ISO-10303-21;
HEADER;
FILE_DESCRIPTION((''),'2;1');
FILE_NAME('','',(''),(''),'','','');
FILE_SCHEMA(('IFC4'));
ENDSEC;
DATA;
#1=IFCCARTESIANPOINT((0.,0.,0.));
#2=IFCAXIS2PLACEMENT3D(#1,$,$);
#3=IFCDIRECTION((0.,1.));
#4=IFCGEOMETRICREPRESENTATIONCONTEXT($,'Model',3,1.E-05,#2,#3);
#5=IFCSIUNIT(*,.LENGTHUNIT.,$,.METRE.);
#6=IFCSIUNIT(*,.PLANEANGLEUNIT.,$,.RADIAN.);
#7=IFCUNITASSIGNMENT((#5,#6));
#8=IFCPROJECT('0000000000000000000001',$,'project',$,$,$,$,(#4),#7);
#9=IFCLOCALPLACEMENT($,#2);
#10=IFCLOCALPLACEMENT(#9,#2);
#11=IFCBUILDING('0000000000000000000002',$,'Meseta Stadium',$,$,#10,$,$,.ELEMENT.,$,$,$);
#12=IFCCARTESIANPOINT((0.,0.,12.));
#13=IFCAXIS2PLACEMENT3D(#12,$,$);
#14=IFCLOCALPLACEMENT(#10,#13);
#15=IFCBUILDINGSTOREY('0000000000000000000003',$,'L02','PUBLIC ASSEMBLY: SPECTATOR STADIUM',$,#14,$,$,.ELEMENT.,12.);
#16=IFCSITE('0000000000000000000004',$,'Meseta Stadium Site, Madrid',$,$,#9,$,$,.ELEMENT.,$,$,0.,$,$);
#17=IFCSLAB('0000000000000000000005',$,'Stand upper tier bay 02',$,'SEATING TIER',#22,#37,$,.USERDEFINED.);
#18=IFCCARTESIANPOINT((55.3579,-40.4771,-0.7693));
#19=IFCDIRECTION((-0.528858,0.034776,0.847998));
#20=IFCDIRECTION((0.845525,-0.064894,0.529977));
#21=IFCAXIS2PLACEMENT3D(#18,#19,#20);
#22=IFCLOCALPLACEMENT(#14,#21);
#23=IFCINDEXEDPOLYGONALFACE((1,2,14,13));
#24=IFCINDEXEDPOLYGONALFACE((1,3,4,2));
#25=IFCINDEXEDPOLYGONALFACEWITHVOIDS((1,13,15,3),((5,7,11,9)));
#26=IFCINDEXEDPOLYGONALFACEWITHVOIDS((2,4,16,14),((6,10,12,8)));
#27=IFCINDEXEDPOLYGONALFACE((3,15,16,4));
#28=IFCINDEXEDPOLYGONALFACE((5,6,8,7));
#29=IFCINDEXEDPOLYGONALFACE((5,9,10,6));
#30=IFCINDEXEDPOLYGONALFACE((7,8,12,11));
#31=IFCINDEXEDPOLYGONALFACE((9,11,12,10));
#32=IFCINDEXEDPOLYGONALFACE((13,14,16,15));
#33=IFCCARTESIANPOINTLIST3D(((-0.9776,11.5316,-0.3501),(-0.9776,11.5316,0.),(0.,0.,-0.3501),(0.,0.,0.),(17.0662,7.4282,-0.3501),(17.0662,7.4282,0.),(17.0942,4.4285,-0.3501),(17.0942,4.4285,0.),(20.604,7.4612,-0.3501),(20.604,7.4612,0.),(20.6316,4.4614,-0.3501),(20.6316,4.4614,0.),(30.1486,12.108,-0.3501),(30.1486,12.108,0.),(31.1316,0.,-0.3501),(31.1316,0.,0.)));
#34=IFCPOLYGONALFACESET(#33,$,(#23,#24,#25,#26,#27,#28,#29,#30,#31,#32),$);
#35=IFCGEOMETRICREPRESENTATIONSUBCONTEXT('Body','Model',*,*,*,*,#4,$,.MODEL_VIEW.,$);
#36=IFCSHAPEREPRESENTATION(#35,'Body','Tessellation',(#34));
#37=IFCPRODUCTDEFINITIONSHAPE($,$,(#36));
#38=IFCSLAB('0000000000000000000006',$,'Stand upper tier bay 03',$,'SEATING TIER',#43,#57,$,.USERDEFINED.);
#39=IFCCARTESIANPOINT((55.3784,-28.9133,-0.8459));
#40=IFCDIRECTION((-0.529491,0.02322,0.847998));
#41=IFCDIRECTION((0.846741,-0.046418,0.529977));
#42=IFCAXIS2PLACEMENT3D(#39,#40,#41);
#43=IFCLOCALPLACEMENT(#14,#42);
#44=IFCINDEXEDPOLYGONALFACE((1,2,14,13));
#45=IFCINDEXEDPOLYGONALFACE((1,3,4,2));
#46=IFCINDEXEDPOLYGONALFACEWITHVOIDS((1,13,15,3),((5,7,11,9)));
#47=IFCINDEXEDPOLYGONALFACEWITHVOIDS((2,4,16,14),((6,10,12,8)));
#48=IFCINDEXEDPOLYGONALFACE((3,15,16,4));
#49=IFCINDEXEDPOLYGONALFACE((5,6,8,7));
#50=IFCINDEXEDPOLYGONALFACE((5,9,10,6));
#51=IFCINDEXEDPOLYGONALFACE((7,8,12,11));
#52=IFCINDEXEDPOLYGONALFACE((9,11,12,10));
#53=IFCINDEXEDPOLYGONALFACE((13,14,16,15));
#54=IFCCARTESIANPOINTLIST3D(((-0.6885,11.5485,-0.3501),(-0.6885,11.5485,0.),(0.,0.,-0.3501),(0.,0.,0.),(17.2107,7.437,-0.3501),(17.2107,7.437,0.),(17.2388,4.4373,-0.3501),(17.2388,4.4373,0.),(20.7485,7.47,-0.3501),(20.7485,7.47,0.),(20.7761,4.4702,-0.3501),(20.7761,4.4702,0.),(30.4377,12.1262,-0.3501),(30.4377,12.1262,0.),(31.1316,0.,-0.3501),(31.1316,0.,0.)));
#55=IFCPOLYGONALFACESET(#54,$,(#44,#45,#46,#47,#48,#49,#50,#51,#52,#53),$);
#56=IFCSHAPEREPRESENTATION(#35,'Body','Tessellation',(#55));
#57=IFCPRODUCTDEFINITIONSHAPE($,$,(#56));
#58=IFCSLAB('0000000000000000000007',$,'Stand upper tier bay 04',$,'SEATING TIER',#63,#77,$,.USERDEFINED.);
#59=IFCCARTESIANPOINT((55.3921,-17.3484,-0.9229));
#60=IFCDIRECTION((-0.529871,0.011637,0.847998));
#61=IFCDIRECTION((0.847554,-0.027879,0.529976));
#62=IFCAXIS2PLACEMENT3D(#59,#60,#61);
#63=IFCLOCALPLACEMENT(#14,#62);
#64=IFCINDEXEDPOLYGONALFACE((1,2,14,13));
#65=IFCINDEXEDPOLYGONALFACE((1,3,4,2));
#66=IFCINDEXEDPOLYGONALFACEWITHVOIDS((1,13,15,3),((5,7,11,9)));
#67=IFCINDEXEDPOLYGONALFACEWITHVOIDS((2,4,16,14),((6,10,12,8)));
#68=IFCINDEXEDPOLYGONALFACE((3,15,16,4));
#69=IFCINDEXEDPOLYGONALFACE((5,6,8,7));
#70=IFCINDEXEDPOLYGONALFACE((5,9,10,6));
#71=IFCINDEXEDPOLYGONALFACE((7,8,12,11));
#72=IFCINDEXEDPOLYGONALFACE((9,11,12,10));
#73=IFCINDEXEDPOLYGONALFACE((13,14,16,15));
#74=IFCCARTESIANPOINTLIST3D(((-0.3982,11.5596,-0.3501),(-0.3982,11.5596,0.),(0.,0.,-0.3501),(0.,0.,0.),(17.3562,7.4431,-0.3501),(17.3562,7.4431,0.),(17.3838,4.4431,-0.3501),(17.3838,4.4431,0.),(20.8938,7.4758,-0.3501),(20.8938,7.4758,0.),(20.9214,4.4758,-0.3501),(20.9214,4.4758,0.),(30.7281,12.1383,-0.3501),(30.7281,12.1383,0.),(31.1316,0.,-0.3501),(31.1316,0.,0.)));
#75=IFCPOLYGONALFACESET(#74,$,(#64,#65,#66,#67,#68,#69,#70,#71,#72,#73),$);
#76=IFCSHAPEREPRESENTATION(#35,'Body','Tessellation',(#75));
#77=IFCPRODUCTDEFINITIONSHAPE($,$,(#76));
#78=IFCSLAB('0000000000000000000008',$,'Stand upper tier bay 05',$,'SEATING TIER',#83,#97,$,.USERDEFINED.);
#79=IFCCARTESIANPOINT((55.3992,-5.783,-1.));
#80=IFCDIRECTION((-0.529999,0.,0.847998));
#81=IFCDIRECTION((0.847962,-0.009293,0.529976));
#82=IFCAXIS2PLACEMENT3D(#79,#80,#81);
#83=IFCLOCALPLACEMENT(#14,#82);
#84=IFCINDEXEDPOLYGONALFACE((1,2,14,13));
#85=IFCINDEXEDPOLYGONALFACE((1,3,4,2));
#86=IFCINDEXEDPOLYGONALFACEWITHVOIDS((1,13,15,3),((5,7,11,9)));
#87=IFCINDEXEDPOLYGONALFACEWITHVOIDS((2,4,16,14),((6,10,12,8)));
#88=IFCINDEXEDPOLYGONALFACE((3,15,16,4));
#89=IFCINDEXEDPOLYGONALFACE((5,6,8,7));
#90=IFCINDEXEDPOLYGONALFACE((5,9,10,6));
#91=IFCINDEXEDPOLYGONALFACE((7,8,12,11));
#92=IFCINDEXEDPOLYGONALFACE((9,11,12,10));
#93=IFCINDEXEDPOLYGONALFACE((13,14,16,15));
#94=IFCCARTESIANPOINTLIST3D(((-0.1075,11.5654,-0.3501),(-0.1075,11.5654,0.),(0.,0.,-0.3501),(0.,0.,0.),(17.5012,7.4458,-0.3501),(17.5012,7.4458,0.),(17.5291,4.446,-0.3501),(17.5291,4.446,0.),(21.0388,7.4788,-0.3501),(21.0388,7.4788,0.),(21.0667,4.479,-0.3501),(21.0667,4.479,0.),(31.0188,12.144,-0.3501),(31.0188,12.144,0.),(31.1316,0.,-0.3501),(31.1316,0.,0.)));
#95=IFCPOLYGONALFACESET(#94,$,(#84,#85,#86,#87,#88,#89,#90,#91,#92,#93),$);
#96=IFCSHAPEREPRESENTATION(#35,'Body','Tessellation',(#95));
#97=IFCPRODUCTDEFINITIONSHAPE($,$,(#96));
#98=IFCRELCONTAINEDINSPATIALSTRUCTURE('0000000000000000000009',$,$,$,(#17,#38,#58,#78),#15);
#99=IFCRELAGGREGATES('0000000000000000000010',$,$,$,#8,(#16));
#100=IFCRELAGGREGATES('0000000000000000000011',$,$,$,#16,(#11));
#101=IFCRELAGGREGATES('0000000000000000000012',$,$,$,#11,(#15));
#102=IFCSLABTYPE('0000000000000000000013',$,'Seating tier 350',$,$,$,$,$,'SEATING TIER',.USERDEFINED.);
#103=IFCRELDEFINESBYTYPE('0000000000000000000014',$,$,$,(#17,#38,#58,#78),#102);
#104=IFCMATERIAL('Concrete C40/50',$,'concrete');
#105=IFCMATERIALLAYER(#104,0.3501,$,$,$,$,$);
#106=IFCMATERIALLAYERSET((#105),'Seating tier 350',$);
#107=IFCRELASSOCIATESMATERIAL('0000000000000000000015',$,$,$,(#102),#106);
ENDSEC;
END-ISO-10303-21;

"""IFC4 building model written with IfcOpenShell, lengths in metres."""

from ifc_helpers import new_model, si_unit, direction, frame, origin, place, context, subcontext, project, spatial, polyline, outline, extrude, material, layer, layer_set, type_object, element, save


model = new_model("IFC4")

# Units and contexts
model_context = context("Model", 3, precision=1e-05, world=origin(), true_north=direction((0.0, 1.0)))
body_context = subcontext(model_context, "Body", "Model", "MODEL_VIEW")
ifc_project = project(units=[si_unit("LENGTHUNIT", "METRE"), si_unit("PLANEANGLEUNIT", "RADIAN")], contexts=[model_context])

# Site, building, storey
site_placement = place(None, origin())
site = spatial("IfcSite", under=ifc_project, at=site_placement, Name="Meseta Stadium Site, Madrid", CompositionType="ELEMENT", RefElevation=0.0)
building_placement = place(site_placement, origin())
building = spatial("IfcBuilding", under=site, at=building_placement, Name="Meseta Stadium", CompositionType="ELEMENT")
storey_placement = place(building_placement, frame((0.0, 0.0, 12.0)))
storey = spatial("IfcBuildingStorey", under=building, at=storey_placement, Name="L02", Description="PUBLIC ASSEMBLY: SPECTATOR STADIUM", CompositionType="ELEMENT", Elevation=12.0)

# Slabs
ifc_material_1 = material(Name="Concrete C40/50", Category="concrete")
ifc_layer_1 = layer(ifc_material_1, 0.3501)
ifc_layer_set_1 = layer_set([ifc_layer_1], Name="Seating tier 350")
slab_type = type_object("IfcSlabType", Name="Seating tier 350", ElementType="SEATING TIER", PredefinedType="USERDEFINED", material=ifc_layer_set_1)
slab_1_placement = place(storey_placement, frame((55.3579, -40.4771, -0.7693), z_axis=(-0.528858, 0.034776, 0.847998), x_axis=(0.845525, -0.064894, 0.529977)))
element("IfcSlab", 1, at=slab_1_placement, inside=storey, type_object=slab_type, Name="Stand upper tier bay 02", ObjectType="SEATING TIER", PredefinedType="USERDEFINED", context=body_context, shape_type="SweptSolid", body=[
    extrude(outline(polyline([(0.0, 0.0), (31.1316, 0.0), (30.1486, 12.108), (-0.9776, 11.5316), (0.0, 0.0)]), holes=[polyline([(17.0942, 4.4285), (20.6316, 4.4614), (20.604, 7.4612), (17.0662, 7.4282), (17.0942, 4.4285)])]), origin(), (0.0, 0.0, -1.0), 0.3501),
])
slab_2_placement = place(storey_placement, frame((55.3784, -28.9133, -0.8459), z_axis=(-0.529491, 0.02322, 0.847998), x_axis=(0.846741, -0.046418, 0.529977)))
element("IfcSlab", 2, at=slab_2_placement, inside=storey, type_object=slab_type, Name="Stand upper tier bay 03", ObjectType="SEATING TIER", PredefinedType="USERDEFINED", context=body_context, shape_type="SweptSolid", body=[
    extrude(outline(polyline([(0.0, 0.0), (31.1316, 0.0), (30.4377, 12.1262), (-0.6885, 11.5485), (0.0, 0.0)]), holes=[polyline([(17.2388, 4.4373), (20.7761, 4.4702), (20.7485, 7.47), (17.2107, 7.437), (17.2388, 4.4373)])]), origin(), (0.0, 0.0, -1.0), 0.3501),
])
slab_3_placement = place(storey_placement, frame((55.3921, -17.3484, -0.9229), z_axis=(-0.529871, 0.011637, 0.847998), x_axis=(0.847554, -0.027879, 0.529976)))
element("IfcSlab", 3, at=slab_3_placement, inside=storey, type_object=slab_type, Name="Stand upper tier bay 04", ObjectType="SEATING TIER", PredefinedType="USERDEFINED", context=body_context, shape_type="SweptSolid", body=[
    extrude(outline(polyline([(0.0, 0.0), (31.1316, 0.0), (30.7281, 12.1383), (-0.3982, 11.5596), (0.0, 0.0)]), holes=[polyline([(17.3838, 4.4431), (20.9214, 4.4758), (20.8938, 7.4758), (17.3562, 7.4431), (17.3838, 4.4431)])]), origin(), (0.0, 0.0, -1.0), 0.3501),
])
slab_4_placement = place(storey_placement, frame((55.3992, -5.783, -1.0), z_axis=(-0.529999, 0.0, 0.847998), x_axis=(0.847962, -0.009293, 0.529976)))
element("IfcSlab", 4, at=slab_4_placement, inside=storey, type_object=slab_type, Name="Stand upper tier bay 05", ObjectType="SEATING TIER", PredefinedType="USERDEFINED", context=body_context, shape_type="SweptSolid", body=[
    extrude(outline(polyline([(0.0, 0.0), (31.1316, 0.0), (31.0188, 12.144), (-0.1075, 11.5654), (0.0, 0.0)]), holes=[polyline([(17.5291, 4.446), (21.0667, 4.479), (21.0388, 7.4788), (17.5012, 7.4458), (17.5291, 4.446)])]), origin(), (0.0, 0.0, -1.0), 0.3501),
])

save(model, "model.ifc")
